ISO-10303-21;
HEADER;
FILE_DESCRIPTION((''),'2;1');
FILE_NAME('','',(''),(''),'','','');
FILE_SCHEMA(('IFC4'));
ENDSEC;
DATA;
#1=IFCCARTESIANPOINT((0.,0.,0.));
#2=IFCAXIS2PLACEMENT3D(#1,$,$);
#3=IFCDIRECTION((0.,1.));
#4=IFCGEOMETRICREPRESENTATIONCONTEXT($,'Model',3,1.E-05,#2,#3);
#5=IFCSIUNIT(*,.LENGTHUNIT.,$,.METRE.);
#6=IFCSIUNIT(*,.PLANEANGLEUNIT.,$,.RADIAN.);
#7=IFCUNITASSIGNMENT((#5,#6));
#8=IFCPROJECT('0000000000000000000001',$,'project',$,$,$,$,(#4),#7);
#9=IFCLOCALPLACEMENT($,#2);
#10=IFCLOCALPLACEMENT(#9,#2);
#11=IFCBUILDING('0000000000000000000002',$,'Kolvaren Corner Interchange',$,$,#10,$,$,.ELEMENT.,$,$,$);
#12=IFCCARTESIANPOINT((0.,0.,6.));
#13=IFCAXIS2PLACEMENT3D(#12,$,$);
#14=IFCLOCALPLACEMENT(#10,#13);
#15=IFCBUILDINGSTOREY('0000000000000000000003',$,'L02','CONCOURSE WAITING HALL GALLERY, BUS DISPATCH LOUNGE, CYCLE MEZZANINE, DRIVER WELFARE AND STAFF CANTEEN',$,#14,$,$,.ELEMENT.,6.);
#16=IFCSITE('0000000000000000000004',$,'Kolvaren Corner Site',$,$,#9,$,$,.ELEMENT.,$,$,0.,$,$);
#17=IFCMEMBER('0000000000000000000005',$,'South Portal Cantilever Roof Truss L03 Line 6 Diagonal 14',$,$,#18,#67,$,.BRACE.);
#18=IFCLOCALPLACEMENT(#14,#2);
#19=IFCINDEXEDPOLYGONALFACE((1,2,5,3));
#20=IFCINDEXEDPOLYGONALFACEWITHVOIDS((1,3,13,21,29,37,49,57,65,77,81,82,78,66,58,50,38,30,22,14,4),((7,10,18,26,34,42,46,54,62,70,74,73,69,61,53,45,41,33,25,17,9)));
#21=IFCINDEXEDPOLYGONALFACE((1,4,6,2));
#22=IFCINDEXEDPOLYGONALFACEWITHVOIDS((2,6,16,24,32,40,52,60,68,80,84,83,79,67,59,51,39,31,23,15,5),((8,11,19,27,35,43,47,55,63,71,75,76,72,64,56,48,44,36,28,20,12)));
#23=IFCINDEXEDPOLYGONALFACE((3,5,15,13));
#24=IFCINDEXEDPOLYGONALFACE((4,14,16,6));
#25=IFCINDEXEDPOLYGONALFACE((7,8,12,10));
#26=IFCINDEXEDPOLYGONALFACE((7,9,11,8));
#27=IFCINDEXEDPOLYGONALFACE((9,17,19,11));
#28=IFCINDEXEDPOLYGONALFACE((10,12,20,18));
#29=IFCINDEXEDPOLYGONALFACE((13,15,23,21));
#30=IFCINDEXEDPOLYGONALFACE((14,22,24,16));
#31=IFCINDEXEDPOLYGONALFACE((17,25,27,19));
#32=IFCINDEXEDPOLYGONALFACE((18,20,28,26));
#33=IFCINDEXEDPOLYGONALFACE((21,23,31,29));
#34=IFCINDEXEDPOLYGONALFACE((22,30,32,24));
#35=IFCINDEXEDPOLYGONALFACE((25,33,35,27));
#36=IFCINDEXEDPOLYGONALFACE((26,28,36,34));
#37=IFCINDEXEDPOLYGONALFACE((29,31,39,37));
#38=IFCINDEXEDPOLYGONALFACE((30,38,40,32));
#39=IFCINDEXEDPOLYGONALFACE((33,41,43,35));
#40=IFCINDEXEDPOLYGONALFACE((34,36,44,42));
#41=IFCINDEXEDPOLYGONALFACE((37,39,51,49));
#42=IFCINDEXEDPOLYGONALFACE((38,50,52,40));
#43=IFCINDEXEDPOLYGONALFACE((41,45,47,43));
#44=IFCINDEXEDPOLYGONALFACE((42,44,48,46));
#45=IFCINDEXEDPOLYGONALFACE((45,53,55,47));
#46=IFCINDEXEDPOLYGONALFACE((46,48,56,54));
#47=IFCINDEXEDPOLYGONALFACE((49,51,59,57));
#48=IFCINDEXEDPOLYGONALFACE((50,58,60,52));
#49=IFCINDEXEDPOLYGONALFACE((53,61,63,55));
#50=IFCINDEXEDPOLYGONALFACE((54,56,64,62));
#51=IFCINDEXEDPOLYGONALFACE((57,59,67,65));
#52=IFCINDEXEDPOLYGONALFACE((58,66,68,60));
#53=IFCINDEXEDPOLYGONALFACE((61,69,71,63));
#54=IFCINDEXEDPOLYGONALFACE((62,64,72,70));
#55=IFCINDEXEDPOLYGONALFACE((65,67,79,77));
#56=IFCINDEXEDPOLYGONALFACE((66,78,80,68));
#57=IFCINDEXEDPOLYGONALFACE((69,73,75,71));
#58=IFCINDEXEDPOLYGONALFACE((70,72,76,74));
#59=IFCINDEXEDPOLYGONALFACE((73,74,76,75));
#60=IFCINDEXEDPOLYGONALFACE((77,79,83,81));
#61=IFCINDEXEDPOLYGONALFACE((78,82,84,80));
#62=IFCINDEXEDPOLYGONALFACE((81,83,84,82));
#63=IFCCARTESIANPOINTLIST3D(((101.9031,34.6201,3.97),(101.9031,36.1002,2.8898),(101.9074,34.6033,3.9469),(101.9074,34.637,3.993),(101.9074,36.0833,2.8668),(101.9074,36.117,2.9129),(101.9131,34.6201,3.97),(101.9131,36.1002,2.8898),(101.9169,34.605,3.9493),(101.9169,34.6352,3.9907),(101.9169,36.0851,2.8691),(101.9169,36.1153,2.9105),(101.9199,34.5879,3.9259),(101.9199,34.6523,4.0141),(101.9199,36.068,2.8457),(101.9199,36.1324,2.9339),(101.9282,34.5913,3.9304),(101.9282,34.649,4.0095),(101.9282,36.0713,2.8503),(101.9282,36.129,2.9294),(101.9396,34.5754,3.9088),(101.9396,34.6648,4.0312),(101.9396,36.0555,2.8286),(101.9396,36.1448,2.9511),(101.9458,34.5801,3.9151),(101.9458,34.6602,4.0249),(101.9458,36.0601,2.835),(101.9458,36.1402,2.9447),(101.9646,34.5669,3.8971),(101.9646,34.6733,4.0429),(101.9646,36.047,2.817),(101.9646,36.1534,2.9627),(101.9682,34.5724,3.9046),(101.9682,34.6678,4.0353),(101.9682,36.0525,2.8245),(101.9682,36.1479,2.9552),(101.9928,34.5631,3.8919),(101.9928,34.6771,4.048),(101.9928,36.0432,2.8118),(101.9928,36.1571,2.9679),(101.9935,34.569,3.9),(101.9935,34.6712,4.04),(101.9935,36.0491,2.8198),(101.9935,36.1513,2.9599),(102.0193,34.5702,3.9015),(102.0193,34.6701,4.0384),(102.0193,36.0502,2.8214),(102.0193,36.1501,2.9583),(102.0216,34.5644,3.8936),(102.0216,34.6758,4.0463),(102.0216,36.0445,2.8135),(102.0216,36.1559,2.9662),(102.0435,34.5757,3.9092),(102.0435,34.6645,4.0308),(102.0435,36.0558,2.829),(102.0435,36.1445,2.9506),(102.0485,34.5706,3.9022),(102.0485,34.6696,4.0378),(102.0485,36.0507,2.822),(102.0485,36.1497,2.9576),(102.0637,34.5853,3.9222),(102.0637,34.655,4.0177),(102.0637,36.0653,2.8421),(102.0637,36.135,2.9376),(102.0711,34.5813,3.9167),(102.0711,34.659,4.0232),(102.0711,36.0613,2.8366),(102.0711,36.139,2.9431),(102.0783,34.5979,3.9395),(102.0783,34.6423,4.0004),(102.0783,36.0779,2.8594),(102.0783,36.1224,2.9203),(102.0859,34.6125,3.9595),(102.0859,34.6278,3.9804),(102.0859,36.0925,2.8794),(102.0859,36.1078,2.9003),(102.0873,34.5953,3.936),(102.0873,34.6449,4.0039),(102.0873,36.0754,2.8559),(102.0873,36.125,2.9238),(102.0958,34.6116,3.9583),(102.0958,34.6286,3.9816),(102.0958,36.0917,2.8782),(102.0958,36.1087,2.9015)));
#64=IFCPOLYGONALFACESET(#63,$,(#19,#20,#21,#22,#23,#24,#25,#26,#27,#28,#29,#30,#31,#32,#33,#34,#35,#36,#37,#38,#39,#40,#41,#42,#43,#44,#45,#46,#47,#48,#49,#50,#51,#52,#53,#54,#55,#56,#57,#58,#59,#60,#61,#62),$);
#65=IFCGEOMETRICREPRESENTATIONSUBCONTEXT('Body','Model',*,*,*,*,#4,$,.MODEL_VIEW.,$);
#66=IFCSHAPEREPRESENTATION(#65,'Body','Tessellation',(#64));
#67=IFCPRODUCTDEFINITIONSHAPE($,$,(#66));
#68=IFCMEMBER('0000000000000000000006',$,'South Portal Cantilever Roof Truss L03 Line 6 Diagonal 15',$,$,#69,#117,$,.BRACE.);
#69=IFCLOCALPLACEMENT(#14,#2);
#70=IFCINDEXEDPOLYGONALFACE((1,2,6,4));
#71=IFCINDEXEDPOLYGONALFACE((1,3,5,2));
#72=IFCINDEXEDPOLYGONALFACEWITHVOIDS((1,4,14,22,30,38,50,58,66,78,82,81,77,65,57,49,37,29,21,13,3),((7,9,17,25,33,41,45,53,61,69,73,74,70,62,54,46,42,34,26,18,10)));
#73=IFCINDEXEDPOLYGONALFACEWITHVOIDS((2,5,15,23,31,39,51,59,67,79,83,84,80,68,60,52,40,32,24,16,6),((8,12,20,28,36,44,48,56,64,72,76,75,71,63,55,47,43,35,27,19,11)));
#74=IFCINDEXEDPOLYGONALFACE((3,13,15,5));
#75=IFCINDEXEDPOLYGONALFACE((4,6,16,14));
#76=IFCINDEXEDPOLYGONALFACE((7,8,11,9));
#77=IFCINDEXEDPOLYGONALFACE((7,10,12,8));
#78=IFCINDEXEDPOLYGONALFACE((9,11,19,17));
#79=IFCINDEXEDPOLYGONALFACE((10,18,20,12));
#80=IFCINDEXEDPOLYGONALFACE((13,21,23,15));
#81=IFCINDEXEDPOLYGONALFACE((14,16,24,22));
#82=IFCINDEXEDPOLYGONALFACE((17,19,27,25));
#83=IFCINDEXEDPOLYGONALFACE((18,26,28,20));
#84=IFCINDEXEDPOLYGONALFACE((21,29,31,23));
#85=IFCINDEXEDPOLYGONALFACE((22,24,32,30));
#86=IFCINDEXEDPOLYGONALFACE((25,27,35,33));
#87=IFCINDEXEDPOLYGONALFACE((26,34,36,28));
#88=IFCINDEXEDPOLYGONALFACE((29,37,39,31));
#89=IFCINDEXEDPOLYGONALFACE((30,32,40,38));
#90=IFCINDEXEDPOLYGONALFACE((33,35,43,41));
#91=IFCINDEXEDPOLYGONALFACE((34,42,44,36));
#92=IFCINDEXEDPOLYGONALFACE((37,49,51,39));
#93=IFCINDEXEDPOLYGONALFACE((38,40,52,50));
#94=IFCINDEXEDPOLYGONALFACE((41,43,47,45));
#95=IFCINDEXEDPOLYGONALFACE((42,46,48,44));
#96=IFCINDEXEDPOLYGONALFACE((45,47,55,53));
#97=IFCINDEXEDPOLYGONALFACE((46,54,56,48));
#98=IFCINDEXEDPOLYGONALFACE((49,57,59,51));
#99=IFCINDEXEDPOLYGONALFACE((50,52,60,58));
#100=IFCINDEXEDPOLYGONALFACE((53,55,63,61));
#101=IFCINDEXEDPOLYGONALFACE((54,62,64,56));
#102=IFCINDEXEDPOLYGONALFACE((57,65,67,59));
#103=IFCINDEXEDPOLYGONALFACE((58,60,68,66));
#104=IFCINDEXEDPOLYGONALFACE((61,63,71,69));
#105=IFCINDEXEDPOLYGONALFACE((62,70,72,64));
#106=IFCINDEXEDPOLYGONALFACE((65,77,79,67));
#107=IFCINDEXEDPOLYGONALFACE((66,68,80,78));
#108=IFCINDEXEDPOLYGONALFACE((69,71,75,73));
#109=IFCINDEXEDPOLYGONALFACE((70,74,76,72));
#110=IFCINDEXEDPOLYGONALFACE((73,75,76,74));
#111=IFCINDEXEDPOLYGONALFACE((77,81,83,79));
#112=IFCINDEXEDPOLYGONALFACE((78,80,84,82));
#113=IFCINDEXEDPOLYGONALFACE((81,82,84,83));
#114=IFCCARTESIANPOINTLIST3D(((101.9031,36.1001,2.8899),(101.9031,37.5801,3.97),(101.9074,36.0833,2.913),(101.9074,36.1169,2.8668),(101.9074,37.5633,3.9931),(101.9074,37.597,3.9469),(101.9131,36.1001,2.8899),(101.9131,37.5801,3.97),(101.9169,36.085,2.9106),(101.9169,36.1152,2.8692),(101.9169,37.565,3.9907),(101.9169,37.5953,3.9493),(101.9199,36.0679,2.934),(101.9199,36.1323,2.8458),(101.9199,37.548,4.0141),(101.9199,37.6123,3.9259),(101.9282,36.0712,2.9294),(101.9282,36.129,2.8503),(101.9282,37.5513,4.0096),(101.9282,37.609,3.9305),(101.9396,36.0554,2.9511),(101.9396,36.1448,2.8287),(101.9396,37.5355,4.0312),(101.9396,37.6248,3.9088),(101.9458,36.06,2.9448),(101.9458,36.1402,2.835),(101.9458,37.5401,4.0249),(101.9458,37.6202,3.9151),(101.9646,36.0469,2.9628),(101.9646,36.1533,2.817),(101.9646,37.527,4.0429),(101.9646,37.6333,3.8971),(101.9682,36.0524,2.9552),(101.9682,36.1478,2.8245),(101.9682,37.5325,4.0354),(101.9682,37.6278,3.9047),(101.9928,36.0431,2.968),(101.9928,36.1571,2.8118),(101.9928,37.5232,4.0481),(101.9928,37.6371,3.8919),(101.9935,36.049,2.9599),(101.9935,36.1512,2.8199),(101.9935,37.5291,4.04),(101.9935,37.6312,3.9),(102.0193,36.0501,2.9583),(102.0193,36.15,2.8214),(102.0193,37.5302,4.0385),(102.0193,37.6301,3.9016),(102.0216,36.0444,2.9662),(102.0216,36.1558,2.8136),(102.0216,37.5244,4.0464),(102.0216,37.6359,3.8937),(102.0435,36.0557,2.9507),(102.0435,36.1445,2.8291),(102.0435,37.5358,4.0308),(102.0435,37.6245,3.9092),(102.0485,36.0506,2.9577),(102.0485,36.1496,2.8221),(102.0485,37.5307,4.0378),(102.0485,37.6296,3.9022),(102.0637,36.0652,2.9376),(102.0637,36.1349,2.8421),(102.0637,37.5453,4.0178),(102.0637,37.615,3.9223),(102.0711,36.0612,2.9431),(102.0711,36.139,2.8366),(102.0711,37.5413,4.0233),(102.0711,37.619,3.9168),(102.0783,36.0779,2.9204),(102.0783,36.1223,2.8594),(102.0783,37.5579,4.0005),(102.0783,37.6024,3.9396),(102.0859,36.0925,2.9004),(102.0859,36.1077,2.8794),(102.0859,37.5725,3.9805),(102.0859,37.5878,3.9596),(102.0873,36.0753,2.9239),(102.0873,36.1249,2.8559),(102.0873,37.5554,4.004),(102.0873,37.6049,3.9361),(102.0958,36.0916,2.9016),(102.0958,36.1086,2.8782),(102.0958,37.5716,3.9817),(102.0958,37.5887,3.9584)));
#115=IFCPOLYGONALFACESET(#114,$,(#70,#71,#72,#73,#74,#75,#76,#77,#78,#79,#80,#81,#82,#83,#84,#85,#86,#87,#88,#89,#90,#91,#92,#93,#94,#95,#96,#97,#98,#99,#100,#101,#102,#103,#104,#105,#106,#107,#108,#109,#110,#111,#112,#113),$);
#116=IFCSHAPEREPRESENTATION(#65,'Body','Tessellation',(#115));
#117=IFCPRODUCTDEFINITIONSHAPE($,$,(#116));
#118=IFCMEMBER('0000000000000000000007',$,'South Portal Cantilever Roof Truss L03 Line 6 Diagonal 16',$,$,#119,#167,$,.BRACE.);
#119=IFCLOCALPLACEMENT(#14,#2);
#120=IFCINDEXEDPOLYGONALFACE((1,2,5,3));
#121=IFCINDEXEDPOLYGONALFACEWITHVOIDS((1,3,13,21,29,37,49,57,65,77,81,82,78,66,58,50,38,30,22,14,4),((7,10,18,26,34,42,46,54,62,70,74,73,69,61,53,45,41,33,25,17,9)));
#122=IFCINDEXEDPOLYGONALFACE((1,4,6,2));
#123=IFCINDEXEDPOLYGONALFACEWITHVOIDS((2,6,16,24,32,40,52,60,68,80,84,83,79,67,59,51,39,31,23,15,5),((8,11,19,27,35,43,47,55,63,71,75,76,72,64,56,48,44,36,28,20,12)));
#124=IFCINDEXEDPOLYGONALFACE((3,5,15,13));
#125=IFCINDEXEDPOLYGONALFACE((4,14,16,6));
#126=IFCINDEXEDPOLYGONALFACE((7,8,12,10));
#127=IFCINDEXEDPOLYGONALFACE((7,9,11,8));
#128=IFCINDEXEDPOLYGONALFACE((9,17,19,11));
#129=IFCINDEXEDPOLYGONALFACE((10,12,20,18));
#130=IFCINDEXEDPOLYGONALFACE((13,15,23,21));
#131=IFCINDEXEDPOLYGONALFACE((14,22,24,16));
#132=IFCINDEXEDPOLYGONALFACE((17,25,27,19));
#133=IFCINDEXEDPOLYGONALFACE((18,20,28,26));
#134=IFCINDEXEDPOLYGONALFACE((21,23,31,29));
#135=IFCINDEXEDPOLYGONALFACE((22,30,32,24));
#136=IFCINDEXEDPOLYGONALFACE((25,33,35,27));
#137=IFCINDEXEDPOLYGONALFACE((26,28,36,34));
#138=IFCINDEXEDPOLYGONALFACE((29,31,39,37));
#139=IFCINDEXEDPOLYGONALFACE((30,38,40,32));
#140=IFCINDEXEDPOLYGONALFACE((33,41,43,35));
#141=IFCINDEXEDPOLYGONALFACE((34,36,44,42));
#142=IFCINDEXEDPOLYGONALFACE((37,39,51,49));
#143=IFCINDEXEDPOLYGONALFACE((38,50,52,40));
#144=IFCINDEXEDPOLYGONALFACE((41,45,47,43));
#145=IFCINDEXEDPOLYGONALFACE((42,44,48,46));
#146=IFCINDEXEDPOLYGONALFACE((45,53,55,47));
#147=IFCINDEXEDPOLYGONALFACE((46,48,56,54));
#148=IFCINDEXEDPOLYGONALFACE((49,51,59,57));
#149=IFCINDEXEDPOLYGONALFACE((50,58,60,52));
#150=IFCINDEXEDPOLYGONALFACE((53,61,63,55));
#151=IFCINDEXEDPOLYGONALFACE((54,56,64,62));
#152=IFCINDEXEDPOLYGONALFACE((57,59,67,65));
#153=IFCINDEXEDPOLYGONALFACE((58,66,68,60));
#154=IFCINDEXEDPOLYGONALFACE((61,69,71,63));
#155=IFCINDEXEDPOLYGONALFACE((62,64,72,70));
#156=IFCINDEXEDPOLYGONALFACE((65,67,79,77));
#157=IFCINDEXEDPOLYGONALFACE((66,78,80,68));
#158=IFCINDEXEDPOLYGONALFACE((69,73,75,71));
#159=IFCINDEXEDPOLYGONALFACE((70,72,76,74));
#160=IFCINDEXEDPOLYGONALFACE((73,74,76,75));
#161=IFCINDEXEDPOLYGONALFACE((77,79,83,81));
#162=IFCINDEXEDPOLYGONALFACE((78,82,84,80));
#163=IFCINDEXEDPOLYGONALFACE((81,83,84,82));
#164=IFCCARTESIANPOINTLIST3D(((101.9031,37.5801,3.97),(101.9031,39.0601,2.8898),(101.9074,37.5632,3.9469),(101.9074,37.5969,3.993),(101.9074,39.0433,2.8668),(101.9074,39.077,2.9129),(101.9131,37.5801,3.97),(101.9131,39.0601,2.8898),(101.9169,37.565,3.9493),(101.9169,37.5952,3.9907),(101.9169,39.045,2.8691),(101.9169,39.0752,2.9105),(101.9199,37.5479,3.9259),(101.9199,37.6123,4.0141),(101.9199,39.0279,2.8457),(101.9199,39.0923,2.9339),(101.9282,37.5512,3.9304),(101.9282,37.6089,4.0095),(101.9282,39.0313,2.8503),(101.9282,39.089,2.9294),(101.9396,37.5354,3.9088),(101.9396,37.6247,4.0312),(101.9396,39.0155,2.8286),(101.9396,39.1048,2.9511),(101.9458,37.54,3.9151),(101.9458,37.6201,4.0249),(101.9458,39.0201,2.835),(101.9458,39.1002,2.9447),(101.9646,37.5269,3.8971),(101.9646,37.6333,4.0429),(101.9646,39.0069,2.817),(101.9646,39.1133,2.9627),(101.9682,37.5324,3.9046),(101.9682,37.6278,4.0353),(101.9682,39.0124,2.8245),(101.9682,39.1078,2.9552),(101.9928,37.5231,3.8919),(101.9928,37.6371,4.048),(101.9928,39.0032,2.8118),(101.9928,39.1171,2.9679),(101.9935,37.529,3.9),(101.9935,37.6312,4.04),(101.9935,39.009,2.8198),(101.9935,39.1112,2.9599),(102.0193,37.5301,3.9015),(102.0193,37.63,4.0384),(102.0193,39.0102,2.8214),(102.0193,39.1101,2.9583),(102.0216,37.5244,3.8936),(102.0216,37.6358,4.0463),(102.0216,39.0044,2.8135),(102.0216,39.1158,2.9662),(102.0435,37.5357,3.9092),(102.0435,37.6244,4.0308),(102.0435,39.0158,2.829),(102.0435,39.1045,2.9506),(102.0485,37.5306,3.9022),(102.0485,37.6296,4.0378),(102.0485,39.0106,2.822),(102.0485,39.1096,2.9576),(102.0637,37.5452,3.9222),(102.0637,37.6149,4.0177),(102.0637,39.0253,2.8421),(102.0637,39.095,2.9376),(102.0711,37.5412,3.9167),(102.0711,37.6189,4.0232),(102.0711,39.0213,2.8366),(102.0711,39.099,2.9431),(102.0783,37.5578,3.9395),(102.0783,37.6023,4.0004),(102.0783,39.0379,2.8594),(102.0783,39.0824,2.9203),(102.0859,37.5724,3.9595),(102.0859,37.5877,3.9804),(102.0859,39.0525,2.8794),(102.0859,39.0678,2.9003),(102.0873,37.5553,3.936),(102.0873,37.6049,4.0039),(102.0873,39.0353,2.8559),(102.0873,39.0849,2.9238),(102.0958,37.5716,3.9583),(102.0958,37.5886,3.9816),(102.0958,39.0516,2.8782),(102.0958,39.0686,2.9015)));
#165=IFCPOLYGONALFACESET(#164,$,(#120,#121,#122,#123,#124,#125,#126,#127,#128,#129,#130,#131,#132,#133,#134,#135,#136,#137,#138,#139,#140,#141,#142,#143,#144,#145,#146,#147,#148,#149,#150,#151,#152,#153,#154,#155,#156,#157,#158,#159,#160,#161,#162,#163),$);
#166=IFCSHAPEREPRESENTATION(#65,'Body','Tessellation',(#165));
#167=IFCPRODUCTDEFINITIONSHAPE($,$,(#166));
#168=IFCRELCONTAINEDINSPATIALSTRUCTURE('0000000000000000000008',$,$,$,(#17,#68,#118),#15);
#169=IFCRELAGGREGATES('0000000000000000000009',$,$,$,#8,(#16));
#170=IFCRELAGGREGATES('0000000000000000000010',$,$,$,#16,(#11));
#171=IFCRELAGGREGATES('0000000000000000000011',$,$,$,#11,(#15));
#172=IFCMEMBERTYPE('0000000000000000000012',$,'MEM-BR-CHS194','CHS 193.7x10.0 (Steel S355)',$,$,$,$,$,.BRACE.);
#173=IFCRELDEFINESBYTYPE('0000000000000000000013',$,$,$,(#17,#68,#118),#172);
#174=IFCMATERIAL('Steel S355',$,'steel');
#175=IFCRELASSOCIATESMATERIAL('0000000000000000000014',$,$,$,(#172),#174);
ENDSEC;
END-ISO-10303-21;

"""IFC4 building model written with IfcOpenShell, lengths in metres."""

from ifc_helpers import new_model, si_unit, direction, frame, origin, origin_2d, place, context, subcontext, project, spatial, hollow_circle, extrude, material, material_profile, profile_set, type_object, element, save


model = new_model("IFC4")

# Units and contexts
model_context = context("Model", 3, precision=1e-05, world=origin(), true_north=direction((0.0, 1.0)))
body_context = subcontext(model_context, "Body", "Model", "MODEL_VIEW")
ifc_project = project(units=[si_unit("LENGTHUNIT", "METRE"), si_unit("PLANEANGLEUNIT", "RADIAN")], contexts=[model_context])

# Site, building, storey
site_placement = place(None, origin())
site = spatial("IfcSite", under=ifc_project, at=site_placement, Name="Kolvaren Corner Site", CompositionType="ELEMENT", RefElevation=0.0)
building_placement = place(site_placement, origin())
building = spatial("IfcBuilding", under=site, at=building_placement, Name="Kolvaren Corner Interchange", CompositionType="ELEMENT")
storey_placement = place(building_placement, frame((0.0, 0.0, 6.0)))
storey = spatial("IfcBuildingStorey", under=building, at=storey_placement, Name="L02", Description="CONCOURSE WAITING HALL GALLERY, BUS DISPATCH LOUNGE, CYCLE MEZZANINE, DRIVER WELFARE AND STAFF CANTEEN", CompositionType="ELEMENT", Elevation=6.0)

# Members
ifc_material_1 = material(Name="Steel S355", Category="steel")
ifc_material_profile_1 = material_profile(ifc_material_1, hollow_circle(Radius=0.0969, WallThickness=0.01, at=origin_2d()), Name="CHS 193.7x10.0")
ifc_profile_set_1 = profile_set([ifc_material_profile_1], Name="Steel S355")
member_type_1 = type_object("IfcMemberType", Name="MEM-BR-CHS194", Description="CHS 193.7x10.0 (Steel S355)", PredefinedType="BRACE", material=ifc_profile_set_1)
for number, where, z_axis, x_axis, name in (
    (1, (102.0, 34.6201, 3.97), (0.0, 0.807767, -0.589502), (-1.0, 0.0, 0.0), "South Portal Cantilever Roof Truss L03 Line 6 Diagonal 14"),
    (2, (102.0, 36.1001, 2.8899), (0.0, 0.807767, 0.589502), (-1.0, 0.0, 0.0), "South Portal Cantilever Roof Truss L03 Line 6 Diagonal 15"),
    (3, (102.0, 37.5801, 3.97), (0.0, 0.807767, -0.589502), (-1.0, 0.0, 0.0), "South Portal Cantilever Roof Truss L03 Line 6 Diagonal 16"),
):
    element("IfcMember", number, at=place(storey_placement, frame(where, z_axis=z_axis, x_axis=x_axis)), inside=storey, type_object=member_type_1, Name=name, PredefinedType="BRACE", context=body_context, shape_type="SweptSolid", body=[
        extrude(hollow_circle(Radius=0.0969, WallThickness=0.01, at=origin_2d()), origin(), (0.0, 0.0, 1.0), 1.8323),
    ])

save(model, "model.ifc")
